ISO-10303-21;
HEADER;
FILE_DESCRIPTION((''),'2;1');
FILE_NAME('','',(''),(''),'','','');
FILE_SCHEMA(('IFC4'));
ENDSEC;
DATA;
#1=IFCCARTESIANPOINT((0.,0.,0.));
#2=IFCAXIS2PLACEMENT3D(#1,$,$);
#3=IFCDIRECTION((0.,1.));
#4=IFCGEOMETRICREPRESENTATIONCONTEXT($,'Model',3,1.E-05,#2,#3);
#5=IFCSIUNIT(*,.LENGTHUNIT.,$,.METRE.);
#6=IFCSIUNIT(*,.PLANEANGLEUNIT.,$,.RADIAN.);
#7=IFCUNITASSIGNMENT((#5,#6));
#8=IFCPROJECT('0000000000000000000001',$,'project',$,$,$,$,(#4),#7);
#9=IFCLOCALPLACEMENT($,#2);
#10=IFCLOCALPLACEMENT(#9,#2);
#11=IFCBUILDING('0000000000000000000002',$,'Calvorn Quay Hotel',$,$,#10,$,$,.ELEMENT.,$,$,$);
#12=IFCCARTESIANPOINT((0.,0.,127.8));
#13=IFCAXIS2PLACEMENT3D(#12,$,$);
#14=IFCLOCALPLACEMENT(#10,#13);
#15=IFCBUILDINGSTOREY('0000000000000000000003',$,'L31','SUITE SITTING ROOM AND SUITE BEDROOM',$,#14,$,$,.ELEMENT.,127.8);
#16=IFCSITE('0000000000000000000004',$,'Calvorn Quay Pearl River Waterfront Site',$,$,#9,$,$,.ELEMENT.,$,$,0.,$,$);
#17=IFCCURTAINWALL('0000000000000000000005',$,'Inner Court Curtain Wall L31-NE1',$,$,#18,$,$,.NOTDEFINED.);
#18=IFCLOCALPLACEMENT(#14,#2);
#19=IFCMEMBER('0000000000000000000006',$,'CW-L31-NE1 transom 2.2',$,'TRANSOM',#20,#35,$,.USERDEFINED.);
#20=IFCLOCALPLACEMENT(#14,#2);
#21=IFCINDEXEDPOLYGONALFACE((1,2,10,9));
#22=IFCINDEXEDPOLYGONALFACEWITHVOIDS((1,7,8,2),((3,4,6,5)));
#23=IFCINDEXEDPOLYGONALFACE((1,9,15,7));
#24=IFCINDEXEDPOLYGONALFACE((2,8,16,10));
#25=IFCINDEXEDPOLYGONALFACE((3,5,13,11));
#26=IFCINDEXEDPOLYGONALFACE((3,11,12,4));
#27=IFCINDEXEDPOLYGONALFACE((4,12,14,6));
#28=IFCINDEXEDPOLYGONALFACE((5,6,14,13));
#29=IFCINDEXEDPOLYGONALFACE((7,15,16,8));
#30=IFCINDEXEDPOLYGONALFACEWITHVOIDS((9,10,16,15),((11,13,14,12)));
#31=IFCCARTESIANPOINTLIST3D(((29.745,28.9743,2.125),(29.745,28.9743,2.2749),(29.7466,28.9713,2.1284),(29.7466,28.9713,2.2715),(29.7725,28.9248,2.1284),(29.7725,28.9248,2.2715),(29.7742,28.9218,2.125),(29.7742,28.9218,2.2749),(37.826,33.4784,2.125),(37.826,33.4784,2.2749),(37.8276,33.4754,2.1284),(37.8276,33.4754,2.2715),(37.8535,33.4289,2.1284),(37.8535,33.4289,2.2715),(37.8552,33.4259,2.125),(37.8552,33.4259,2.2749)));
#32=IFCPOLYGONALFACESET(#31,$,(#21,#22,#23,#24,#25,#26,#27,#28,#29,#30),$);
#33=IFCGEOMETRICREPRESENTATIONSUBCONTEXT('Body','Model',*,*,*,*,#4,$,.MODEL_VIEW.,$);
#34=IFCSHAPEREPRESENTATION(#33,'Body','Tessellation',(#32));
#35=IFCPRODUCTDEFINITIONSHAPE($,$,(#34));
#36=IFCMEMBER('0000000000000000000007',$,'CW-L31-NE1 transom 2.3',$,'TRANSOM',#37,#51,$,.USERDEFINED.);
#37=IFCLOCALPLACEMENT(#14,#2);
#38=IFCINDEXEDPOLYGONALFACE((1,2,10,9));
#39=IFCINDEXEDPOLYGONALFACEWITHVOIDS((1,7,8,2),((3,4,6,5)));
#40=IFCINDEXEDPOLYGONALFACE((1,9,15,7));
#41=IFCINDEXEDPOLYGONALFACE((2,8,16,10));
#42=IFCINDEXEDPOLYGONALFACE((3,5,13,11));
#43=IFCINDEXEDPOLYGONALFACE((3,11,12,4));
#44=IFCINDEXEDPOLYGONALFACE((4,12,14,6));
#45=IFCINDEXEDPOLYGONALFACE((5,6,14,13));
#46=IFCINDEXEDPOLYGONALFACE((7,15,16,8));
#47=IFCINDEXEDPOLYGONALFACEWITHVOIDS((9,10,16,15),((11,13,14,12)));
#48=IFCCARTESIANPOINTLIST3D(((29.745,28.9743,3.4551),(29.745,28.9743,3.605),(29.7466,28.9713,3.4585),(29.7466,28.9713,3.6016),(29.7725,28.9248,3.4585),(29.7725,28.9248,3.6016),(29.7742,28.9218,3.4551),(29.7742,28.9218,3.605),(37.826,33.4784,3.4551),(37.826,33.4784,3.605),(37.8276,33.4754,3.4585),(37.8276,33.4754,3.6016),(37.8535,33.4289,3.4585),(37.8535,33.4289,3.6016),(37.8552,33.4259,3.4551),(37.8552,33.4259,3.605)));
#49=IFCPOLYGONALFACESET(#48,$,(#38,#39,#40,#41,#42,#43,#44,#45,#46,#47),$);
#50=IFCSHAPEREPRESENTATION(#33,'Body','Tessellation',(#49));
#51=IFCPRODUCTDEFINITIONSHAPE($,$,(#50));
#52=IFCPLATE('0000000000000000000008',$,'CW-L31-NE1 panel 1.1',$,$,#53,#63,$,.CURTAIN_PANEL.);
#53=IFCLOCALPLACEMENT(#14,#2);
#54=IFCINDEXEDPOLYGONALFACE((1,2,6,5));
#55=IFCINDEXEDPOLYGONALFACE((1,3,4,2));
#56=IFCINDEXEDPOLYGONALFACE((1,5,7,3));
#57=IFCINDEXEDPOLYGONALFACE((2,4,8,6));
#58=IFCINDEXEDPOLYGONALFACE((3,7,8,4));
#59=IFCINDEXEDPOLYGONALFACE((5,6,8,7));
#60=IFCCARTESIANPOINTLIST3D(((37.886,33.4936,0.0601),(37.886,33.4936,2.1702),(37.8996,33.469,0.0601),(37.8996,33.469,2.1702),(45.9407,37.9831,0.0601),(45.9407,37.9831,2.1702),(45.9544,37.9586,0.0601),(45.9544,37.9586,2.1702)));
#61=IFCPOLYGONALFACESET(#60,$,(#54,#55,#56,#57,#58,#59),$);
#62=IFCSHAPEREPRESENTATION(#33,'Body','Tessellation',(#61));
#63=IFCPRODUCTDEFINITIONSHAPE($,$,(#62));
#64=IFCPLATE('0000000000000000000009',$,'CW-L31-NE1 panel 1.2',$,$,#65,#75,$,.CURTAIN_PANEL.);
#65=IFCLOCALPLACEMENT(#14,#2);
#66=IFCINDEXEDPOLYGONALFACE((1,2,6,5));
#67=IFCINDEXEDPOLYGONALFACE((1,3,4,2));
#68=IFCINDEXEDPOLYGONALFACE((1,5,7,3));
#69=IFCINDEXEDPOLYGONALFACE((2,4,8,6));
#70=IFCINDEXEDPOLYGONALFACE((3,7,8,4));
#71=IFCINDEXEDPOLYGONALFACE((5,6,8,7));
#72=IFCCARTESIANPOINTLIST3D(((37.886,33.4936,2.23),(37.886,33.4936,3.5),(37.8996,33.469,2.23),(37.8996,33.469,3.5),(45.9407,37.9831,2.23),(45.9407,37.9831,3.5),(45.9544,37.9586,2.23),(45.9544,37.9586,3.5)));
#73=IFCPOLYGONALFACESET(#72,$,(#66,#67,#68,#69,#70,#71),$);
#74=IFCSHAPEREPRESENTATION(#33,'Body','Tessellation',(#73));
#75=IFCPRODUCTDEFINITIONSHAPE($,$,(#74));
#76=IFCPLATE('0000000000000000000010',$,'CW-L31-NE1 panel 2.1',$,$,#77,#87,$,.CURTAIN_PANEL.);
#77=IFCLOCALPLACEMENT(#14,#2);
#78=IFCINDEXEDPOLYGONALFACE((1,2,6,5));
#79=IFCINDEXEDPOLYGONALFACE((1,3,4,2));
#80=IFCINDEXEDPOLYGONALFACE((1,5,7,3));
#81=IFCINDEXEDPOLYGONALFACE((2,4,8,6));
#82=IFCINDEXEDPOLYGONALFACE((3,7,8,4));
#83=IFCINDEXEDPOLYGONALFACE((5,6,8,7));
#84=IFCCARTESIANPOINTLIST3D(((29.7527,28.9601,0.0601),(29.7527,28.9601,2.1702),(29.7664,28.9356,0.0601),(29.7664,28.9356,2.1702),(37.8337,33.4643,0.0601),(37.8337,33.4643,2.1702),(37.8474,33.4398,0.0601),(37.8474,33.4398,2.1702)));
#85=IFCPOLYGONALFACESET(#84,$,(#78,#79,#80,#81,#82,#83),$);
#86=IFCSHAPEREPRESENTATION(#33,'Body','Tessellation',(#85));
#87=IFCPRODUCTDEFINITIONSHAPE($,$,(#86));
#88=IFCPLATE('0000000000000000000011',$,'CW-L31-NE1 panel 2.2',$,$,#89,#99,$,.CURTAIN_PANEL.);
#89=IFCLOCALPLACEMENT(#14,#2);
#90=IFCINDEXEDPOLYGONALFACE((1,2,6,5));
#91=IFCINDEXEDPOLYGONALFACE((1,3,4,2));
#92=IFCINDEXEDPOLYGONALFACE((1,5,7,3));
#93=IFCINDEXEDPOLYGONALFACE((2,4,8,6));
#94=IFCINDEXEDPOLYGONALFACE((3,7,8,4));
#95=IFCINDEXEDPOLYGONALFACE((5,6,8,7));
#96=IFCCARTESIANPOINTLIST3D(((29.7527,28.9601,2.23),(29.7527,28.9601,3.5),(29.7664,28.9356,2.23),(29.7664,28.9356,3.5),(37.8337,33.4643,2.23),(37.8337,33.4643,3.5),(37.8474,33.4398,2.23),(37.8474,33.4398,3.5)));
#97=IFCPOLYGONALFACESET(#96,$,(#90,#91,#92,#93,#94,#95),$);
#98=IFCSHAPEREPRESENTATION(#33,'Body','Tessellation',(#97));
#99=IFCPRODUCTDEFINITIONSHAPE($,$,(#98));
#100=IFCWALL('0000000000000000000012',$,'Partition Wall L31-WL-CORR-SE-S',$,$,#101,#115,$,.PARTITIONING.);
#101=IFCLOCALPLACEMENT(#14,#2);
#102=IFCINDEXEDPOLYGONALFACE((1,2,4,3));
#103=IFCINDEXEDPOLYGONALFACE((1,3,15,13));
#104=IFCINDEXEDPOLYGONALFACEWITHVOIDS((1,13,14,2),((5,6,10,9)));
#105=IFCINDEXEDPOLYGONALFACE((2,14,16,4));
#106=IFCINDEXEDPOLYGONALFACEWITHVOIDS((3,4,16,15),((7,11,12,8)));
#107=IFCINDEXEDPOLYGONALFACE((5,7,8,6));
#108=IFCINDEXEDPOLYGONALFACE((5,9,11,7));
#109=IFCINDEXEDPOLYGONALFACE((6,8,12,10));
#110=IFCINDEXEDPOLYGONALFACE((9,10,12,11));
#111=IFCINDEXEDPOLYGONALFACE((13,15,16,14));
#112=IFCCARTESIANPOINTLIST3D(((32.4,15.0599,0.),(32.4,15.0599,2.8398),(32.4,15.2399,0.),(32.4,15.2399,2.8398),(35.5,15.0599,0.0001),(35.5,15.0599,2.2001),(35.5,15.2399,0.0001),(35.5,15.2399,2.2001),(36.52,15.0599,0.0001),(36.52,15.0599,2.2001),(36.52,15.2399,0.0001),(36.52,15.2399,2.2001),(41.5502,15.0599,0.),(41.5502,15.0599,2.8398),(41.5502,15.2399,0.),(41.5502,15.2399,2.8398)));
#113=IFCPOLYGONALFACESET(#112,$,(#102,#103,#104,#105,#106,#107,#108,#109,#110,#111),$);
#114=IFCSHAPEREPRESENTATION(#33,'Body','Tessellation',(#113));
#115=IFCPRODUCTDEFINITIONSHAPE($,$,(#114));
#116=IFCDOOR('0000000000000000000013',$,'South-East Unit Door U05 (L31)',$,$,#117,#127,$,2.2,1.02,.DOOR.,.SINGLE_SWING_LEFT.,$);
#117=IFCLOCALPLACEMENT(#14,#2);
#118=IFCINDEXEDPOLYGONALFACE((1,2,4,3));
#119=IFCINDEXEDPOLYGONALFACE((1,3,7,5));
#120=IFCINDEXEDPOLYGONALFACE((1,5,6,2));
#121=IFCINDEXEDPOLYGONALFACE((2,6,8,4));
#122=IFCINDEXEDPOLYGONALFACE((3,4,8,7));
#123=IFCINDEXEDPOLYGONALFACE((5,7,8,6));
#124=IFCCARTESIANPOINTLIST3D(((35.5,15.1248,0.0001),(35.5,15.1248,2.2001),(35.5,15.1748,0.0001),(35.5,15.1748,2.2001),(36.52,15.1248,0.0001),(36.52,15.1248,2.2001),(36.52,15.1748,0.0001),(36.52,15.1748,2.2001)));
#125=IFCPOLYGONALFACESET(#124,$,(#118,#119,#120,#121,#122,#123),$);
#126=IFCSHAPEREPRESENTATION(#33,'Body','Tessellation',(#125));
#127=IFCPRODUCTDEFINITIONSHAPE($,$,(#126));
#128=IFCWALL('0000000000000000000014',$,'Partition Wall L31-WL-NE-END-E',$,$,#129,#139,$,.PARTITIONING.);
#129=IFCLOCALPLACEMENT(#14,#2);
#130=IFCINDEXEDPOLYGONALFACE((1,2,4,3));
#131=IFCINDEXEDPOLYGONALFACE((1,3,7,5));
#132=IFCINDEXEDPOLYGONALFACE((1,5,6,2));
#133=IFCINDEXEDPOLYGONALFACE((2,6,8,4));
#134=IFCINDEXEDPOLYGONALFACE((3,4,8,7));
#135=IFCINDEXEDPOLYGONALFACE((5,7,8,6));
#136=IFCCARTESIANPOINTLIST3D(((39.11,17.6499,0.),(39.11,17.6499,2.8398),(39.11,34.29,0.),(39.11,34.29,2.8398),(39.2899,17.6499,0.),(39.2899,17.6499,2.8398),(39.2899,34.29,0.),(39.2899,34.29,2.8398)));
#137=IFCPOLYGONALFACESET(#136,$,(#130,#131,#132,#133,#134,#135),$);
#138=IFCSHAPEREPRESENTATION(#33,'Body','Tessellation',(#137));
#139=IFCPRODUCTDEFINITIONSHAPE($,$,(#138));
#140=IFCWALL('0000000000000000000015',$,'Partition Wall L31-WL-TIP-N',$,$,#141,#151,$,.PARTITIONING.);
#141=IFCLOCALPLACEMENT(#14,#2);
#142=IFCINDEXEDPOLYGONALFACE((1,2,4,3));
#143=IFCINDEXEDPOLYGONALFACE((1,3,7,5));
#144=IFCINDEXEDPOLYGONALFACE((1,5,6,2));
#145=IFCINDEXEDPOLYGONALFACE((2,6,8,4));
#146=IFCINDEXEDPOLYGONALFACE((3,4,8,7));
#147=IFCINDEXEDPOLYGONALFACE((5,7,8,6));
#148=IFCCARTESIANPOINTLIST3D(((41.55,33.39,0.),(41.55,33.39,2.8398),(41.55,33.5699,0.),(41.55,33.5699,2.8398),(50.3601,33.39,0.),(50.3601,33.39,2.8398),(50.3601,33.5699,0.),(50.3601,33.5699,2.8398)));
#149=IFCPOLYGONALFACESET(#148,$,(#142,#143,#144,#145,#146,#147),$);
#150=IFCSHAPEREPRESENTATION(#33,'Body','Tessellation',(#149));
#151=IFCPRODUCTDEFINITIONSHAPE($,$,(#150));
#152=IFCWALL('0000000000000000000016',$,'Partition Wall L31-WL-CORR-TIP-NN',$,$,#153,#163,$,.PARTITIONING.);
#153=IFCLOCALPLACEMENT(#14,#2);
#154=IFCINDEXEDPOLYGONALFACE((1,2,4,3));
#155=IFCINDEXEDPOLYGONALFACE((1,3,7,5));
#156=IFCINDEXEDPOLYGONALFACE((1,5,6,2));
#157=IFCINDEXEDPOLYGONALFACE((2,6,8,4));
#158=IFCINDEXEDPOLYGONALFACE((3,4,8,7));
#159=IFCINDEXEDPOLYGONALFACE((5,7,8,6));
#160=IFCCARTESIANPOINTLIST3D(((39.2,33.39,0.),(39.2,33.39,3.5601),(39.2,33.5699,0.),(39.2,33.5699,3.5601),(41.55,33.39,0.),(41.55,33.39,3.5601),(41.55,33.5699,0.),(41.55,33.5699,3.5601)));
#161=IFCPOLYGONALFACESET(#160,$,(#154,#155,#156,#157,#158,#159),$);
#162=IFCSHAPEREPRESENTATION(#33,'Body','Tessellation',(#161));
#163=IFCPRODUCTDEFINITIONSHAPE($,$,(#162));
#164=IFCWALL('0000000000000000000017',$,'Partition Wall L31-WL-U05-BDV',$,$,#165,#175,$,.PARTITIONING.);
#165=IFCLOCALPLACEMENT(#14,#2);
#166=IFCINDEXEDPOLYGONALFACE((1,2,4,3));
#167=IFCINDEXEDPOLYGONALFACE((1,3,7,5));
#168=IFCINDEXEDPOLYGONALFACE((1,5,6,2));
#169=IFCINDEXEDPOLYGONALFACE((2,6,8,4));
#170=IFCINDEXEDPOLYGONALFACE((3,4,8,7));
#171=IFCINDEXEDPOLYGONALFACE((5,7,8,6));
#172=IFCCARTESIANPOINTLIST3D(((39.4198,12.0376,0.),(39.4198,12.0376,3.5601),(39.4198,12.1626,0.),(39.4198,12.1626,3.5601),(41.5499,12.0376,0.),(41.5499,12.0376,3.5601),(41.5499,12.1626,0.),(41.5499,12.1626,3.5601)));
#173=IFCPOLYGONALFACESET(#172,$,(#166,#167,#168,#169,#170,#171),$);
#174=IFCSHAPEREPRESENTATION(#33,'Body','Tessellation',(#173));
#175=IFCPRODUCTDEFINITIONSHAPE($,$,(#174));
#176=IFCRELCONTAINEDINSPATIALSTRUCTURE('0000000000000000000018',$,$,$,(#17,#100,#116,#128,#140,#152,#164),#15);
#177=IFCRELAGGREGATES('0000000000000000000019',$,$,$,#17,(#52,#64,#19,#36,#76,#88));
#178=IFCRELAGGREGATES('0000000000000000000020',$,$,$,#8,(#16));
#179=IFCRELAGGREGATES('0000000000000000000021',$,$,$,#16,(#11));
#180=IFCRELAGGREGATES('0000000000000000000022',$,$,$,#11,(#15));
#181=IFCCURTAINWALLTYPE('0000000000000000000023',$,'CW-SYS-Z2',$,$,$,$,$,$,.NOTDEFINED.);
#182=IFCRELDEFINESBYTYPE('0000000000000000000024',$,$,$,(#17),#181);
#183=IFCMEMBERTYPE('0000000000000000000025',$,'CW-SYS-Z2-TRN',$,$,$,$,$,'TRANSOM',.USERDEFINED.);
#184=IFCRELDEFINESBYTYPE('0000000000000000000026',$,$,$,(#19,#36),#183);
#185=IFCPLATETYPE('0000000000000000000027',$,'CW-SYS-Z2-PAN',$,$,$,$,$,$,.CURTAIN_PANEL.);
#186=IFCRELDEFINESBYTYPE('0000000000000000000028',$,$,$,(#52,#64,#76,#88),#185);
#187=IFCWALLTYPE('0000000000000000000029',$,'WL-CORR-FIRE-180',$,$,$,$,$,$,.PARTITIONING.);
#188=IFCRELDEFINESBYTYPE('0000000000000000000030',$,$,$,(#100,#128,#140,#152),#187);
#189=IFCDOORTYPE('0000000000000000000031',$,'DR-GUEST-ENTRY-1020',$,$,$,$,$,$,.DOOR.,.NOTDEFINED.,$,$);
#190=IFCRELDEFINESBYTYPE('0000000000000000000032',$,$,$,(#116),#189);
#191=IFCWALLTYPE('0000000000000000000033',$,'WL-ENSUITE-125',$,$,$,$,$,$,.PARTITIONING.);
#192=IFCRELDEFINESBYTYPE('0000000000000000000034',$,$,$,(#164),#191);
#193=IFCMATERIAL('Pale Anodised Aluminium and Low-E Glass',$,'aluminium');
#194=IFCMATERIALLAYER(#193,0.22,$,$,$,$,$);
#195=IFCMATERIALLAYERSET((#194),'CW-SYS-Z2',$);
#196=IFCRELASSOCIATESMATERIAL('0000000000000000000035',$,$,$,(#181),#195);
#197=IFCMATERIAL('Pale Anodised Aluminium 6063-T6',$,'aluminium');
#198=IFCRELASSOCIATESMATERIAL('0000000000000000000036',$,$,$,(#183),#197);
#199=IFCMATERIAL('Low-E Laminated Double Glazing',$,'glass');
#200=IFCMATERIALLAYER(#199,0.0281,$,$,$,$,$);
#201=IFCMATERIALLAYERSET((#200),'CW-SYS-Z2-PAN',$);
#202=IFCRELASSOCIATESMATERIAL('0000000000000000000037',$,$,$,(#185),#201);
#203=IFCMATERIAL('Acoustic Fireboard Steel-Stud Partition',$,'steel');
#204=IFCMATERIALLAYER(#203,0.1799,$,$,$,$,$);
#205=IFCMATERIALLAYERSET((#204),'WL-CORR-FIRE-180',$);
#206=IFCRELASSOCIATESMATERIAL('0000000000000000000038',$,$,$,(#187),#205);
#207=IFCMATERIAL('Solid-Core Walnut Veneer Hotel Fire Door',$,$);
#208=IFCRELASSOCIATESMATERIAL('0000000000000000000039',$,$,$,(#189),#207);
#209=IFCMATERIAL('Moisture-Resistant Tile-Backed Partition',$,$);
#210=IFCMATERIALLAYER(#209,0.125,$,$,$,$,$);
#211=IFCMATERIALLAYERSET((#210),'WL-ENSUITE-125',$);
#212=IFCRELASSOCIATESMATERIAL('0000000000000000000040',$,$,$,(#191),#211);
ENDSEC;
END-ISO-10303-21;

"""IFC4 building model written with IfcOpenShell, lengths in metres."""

from ifc_helpers import new_model, si_unit, direction, frame, frame_2d, origin, origin_2d, place, context, subcontext, project, spatial, rectangle, hollow_rectangle, extrude, material, layer, layer_set, material_profile, profile_set, type_object, element, fill, aggregate, save


model = new_model("IFC4")

# Units and contexts
model_context = context("Model", 3, precision=1e-05, world=origin(), true_north=direction((0.0, 1.0)))
body_context = subcontext(model_context, "Body", "Model", "MODEL_VIEW")
ifc_project = project(units=[si_unit("LENGTHUNIT", "METRE"), si_unit("PLANEANGLEUNIT", "RADIAN")], contexts=[model_context])

# Site, building, storey
site_placement = place(None, origin())
site = spatial("IfcSite", under=ifc_project, at=site_placement, Name="Calvorn Quay Pearl River Waterfront Site", CompositionType="ELEMENT", RefElevation=0.0)
building_placement = place(site_placement, origin())
building = spatial("IfcBuilding", under=site, at=building_placement, Name="Calvorn Quay Hotel", CompositionType="ELEMENT")
storey_placement = place(building_placement, frame((0.0, 0.0, 127.8)))
storey = spatial("IfcBuildingStorey", under=building, at=storey_placement, Name="L31", Description="SUITE SITTING ROOM AND SUITE BEDROOM", CompositionType="ELEMENT", Elevation=127.8)

# Curtain wall, members, plates
ifc_material_1 = material(Name="Pale Anodised Aluminium and Low-E Glass", Category="aluminium")
ifc_layer_1 = layer(ifc_material_1, 0.22)
ifc_layer_set_1 = layer_set([ifc_layer_1], Name="CW-SYS-Z2")
curtain_wall_type = type_object("IfcCurtainWallType", Name="CW-SYS-Z2", PredefinedType="NOTDEFINED", material=ifc_layer_set_1)
curtain_wall_placement = place(storey_placement, origin())
curtain_wall = element("IfcCurtainWall", 1, at=curtain_wall_placement, inside=storey, type_object=curtain_wall_type, Name="Inner Court Curtain Wall L31-NE1", PredefinedType="NOTDEFINED")
ifc_material_2 = material(Name="Pale Anodised Aluminium 6063-T6", Category="aluminium")
ifc_material_profile_1 = material_profile(ifc_material_2, hollow_rectangle(XDim=0.0601, YDim=0.1499, WallThickness=0.0034, at=origin_2d()), Name="ALU-T150x60x3.5")
ifc_profile_set_1 = profile_set([ifc_material_profile_1], Name="Pale Anodised Aluminium 6063-T6")
member_type_1 = type_object("IfcMemberType", Name="CW-SYS-Z2-TRN", ElementType="TRANSOM", PredefinedType="USERDEFINED", material=ifc_profile_set_1)
member_1_placement = place(storey_placement, frame((37.8406, 33.4521, 2.2), z_axis=(-0.873483, -0.486855, 0.0), x_axis=(0.486855, -0.873483, 0.0)))
member_1 = element("IfcMember", 2, at=member_1_placement, type_object=member_type_1, Name="CW-L31-NE1 transom 2.2", ObjectType="TRANSOM", PredefinedType="USERDEFINED", context=body_context, shape_type="SweptSolid", body=[
    extrude(hollow_rectangle(XDim=0.0601, YDim=0.1499, WallThickness=0.0034, at=origin_2d()), origin(), (0.0, 0.0, 1.0), 9.2515),
])
member_2_placement = place(storey_placement, frame((37.8406, 33.4521, 3.53), z_axis=(-0.873483, -0.486855, 0.0), x_axis=(0.486855, -0.873483, 0.0)))
member_2 = element("IfcMember", 3, at=member_2_placement, type_object=member_type_1, Name="CW-L31-NE1 transom 2.3", ObjectType="TRANSOM", PredefinedType="USERDEFINED", context=body_context, shape_type="SweptSolid", body=[
    extrude(hollow_rectangle(XDim=0.0601, YDim=0.1499, WallThickness=0.0034, at=origin_2d()), origin(), (0.0, 0.0, 1.0), 9.2515),
])
ifc_material_3 = material(Name="Low-E Laminated Double Glazing", Category="glass")
ifc_layer_2 = layer(ifc_material_3, 0.0281)
ifc_layer_set_2 = layer_set([ifc_layer_2], Name="CW-SYS-Z2-PAN")
plate_type = type_object("IfcPlateType", Name="CW-SYS-Z2-PAN", PredefinedType="CURTAIN_PANEL", material=ifc_layer_set_2)
plate_1_placement = place(storey_placement, frame((41.9202, 35.7261, 0.0601), z_axis=(0.0, 0.0, 1.0), x_axis=(-0.873481, -0.486858, 0.0)))
plate_1 = element("IfcPlate", 4, at=plate_1_placement, type_object=plate_type, Name="CW-L31-NE1 panel 1.1", PredefinedType="CURTAIN_PANEL", context=body_context, shape_type="SweptSolid", body=[
    extrude(rectangle(XDim=9.2214, YDim=0.0281, at=origin_2d()), origin(), (0.0, 0.0, 1.0), 2.1101),
])
plate_2_placement = place(storey_placement, frame((41.9202, 35.7261, 2.23), z_axis=(0.0, 0.0, 1.0), x_axis=(-0.873481, -0.486858, 0.0)))
plate_2 = element("IfcPlate", 5, at=plate_2_placement, type_object=plate_type, Name="CW-L31-NE1 panel 1.2", PredefinedType="CURTAIN_PANEL", context=body_context, shape_type="SweptSolid", body=[
    extrude(rectangle(XDim=9.2214, YDim=0.0281, at=origin_2d()), origin(), (0.0, 0.0, 1.0), 1.27),
])
plate_3_placement = place(storey_placement, frame((33.8, 31.2, 0.0601), z_axis=(0.0, 0.0, 1.0), x_axis=(-0.873481, -0.486858, 0.0)))
plate_3 = element("IfcPlate", 6, at=plate_3_placement, type_object=plate_type, Name="CW-L31-NE1 panel 2.1", PredefinedType="CURTAIN_PANEL", context=body_context, shape_type="SweptSolid", body=[
    extrude(rectangle(XDim=9.2515, YDim=0.0281, at=origin_2d()), origin(), (0.0, 0.0, 1.0), 2.1101),
])
plate_4_placement = place(storey_placement, frame((33.8, 31.2, 2.23), z_axis=(0.0, 0.0, 1.0), x_axis=(-0.873481, -0.486858, 0.0)))
plate_4 = element("IfcPlate", 7, at=plate_4_placement, type_object=plate_type, Name="CW-L31-NE1 panel 2.2", PredefinedType="CURTAIN_PANEL", context=body_context, shape_type="SweptSolid", body=[
    extrude(rectangle(XDim=9.2515, YDim=0.0281, at=origin_2d()), origin(), (0.0, 0.0, 1.0), 1.27),
])
aggregate(curtain_wall, [plate_1, plate_2, member_1, member_2, plate_3, plate_4])

# Wall, opening, door
ifc_material_4 = material(Name="Acoustic Fireboard Steel-Stud Partition", Category="steel")
ifc_layer_3 = layer(ifc_material_4, 0.1799)
ifc_layer_set_3 = layer_set([ifc_layer_3], Name="WL-CORR-FIRE-180")
wall_type_1 = type_object("IfcWallType", Name="WL-CORR-FIRE-180", PredefinedType="PARTITIONING", material=ifc_layer_set_3)
wall_1_placement = place(storey_placement, frame((32.3999, 15.1499, 0.0), z_axis=(0.0, 0.0, 1.0), x_axis=(1.0, 0.0, 0.0)))
wall_1 = element("IfcWall", 8, at=wall_1_placement, inside=storey, type_object=wall_type_1, Name="Partition Wall L31-WL-CORR-SE-S", PredefinedType="PARTITIONING", context=body_context, shape_type="SweptSolid", body=[
    extrude(rectangle(XDim=9.1501, YDim=0.1799, at=frame_2d((4.5752, 0.0))), origin(), (0.0, 0.0, 1.0), 2.8398),
])
opening_1_placement = place(wall_1_placement, frame((3.1001, 0.0, 0.0)))
opening_1 = element("IfcOpeningElement", 9, at=opening_1_placement, cuts=wall_1, PredefinedType="OPENING", context=body_context, shape_type="SweptSolid", body=[
    extrude(rectangle(XDim=1.02, YDim=2.2, at=frame_2d((0.51, 1.1001))), frame((0.0, 0.0999, 0.0), z_axis=(0.0, -1.0, 0.0), x_axis=(1.0, 0.0, 0.0)), (0.0, 0.0, 1.0), 0.2),
])
ifc_material_5 = material(Name="Solid-Core Walnut Veneer Hotel Fire Door")
door_type_1 = type_object("IfcDoorType", Name="DR-GUEST-ENTRY-1020", OperationType="NOTDEFINED", PredefinedType="DOOR", material=ifc_material_5)
door_1_placement = place(opening_1_placement, origin())
door_1 = element("IfcDoor", 10, at=door_1_placement, inside=storey, type_object=door_type_1, Name="South-East Unit Door U05 (L31)", OperationType="SINGLE_SWING_LEFT", OverallHeight=2.2, OverallWidth=1.02, PredefinedType="DOOR", context=body_context, shape_type="SweptSolid", body=[
    extrude(rectangle(XDim=1.02, YDim=2.2, at=frame_2d((0.51, 1.1001))), frame((0.0, 0.0249, 0.0), z_axis=(0.0, -1.0, 0.0), x_axis=(1.0, 0.0, 0.0)), (0.0, 0.0, 1.0), 0.05),
])
fill(opening_1, door_1)

# Walls
wall_2_placement = place(storey_placement, frame((39.2, 17.6499, 0.0), z_axis=(0.0, 0.0, 1.0), x_axis=(0.0, 1.0, 0.0)))
element("IfcWall", 11, at=wall_2_placement, inside=storey, type_object=wall_type_1, Name="Partition Wall L31-WL-NE-END-E", PredefinedType="PARTITIONING", context=body_context, shape_type="SweptSolid", body=[
    extrude(rectangle(XDim=16.6401, YDim=0.1799, at=frame_2d((8.3201, 0.0))), origin(), (0.0, 0.0, 1.0), 2.8398),
])
wall_3_placement = place(storey_placement, frame((41.55, 33.48, 0.0), z_axis=(0.0, 0.0, 1.0), x_axis=(1.0, 0.0, 0.0)))
element("IfcWall", 12, at=wall_3_placement, inside=storey, type_object=wall_type_1, Name="Partition Wall L31-WL-TIP-N", PredefinedType="PARTITIONING", context=body_context, shape_type="SweptSolid", body=[
    extrude(rectangle(XDim=8.8101, YDim=0.1799, at=frame_2d((4.405, 0.0))), origin(), (0.0, 0.0, 1.0), 2.8398),
])
wall_4_placement = place(storey_placement, frame((39.2, 33.48, 0.0), z_axis=(0.0, 0.0, 1.0), x_axis=(1.0, 0.0, 0.0)))
element("IfcWall", 13, at=wall_4_placement, inside=storey, type_object=wall_type_1, Name="Partition Wall L31-WL-CORR-TIP-NN", PredefinedType="PARTITIONING", context=body_context, shape_type="SweptSolid", body=[
    extrude(rectangle(XDim=2.3501, YDim=0.1799, at=frame_2d((1.175, 0.0))), origin(), (0.0, 0.0, 1.0), 3.5601),
])
ifc_material_6 = material(Name="Moisture-Resistant Tile-Backed Partition")
ifc_layer_4 = layer(ifc_material_6, 0.125)
ifc_layer_set_4 = layer_set([ifc_layer_4], Name="WL-ENSUITE-125")
wall_type_2 = type_object("IfcWallType", Name="WL-ENSUITE-125", PredefinedType="PARTITIONING", material=ifc_layer_set_4)
wall_5_placement = place(storey_placement, frame((39.4199, 12.1001, 0.0), z_axis=(0.0, 0.0, 1.0), x_axis=(1.0, 0.0, 0.0)))
element("IfcWall", 14, at=wall_5_placement, inside=storey, type_object=wall_type_2, Name="Partition Wall L31-WL-U05-BDV", PredefinedType="PARTITIONING", context=body_context, shape_type="SweptSolid", body=[
    extrude(rectangle(XDim=2.1301, YDim=0.125, at=frame_2d((1.0649, 0.0))), origin(), (0.0, 0.0, 1.0), 3.5601),
])

save(model, "model.ifc")
